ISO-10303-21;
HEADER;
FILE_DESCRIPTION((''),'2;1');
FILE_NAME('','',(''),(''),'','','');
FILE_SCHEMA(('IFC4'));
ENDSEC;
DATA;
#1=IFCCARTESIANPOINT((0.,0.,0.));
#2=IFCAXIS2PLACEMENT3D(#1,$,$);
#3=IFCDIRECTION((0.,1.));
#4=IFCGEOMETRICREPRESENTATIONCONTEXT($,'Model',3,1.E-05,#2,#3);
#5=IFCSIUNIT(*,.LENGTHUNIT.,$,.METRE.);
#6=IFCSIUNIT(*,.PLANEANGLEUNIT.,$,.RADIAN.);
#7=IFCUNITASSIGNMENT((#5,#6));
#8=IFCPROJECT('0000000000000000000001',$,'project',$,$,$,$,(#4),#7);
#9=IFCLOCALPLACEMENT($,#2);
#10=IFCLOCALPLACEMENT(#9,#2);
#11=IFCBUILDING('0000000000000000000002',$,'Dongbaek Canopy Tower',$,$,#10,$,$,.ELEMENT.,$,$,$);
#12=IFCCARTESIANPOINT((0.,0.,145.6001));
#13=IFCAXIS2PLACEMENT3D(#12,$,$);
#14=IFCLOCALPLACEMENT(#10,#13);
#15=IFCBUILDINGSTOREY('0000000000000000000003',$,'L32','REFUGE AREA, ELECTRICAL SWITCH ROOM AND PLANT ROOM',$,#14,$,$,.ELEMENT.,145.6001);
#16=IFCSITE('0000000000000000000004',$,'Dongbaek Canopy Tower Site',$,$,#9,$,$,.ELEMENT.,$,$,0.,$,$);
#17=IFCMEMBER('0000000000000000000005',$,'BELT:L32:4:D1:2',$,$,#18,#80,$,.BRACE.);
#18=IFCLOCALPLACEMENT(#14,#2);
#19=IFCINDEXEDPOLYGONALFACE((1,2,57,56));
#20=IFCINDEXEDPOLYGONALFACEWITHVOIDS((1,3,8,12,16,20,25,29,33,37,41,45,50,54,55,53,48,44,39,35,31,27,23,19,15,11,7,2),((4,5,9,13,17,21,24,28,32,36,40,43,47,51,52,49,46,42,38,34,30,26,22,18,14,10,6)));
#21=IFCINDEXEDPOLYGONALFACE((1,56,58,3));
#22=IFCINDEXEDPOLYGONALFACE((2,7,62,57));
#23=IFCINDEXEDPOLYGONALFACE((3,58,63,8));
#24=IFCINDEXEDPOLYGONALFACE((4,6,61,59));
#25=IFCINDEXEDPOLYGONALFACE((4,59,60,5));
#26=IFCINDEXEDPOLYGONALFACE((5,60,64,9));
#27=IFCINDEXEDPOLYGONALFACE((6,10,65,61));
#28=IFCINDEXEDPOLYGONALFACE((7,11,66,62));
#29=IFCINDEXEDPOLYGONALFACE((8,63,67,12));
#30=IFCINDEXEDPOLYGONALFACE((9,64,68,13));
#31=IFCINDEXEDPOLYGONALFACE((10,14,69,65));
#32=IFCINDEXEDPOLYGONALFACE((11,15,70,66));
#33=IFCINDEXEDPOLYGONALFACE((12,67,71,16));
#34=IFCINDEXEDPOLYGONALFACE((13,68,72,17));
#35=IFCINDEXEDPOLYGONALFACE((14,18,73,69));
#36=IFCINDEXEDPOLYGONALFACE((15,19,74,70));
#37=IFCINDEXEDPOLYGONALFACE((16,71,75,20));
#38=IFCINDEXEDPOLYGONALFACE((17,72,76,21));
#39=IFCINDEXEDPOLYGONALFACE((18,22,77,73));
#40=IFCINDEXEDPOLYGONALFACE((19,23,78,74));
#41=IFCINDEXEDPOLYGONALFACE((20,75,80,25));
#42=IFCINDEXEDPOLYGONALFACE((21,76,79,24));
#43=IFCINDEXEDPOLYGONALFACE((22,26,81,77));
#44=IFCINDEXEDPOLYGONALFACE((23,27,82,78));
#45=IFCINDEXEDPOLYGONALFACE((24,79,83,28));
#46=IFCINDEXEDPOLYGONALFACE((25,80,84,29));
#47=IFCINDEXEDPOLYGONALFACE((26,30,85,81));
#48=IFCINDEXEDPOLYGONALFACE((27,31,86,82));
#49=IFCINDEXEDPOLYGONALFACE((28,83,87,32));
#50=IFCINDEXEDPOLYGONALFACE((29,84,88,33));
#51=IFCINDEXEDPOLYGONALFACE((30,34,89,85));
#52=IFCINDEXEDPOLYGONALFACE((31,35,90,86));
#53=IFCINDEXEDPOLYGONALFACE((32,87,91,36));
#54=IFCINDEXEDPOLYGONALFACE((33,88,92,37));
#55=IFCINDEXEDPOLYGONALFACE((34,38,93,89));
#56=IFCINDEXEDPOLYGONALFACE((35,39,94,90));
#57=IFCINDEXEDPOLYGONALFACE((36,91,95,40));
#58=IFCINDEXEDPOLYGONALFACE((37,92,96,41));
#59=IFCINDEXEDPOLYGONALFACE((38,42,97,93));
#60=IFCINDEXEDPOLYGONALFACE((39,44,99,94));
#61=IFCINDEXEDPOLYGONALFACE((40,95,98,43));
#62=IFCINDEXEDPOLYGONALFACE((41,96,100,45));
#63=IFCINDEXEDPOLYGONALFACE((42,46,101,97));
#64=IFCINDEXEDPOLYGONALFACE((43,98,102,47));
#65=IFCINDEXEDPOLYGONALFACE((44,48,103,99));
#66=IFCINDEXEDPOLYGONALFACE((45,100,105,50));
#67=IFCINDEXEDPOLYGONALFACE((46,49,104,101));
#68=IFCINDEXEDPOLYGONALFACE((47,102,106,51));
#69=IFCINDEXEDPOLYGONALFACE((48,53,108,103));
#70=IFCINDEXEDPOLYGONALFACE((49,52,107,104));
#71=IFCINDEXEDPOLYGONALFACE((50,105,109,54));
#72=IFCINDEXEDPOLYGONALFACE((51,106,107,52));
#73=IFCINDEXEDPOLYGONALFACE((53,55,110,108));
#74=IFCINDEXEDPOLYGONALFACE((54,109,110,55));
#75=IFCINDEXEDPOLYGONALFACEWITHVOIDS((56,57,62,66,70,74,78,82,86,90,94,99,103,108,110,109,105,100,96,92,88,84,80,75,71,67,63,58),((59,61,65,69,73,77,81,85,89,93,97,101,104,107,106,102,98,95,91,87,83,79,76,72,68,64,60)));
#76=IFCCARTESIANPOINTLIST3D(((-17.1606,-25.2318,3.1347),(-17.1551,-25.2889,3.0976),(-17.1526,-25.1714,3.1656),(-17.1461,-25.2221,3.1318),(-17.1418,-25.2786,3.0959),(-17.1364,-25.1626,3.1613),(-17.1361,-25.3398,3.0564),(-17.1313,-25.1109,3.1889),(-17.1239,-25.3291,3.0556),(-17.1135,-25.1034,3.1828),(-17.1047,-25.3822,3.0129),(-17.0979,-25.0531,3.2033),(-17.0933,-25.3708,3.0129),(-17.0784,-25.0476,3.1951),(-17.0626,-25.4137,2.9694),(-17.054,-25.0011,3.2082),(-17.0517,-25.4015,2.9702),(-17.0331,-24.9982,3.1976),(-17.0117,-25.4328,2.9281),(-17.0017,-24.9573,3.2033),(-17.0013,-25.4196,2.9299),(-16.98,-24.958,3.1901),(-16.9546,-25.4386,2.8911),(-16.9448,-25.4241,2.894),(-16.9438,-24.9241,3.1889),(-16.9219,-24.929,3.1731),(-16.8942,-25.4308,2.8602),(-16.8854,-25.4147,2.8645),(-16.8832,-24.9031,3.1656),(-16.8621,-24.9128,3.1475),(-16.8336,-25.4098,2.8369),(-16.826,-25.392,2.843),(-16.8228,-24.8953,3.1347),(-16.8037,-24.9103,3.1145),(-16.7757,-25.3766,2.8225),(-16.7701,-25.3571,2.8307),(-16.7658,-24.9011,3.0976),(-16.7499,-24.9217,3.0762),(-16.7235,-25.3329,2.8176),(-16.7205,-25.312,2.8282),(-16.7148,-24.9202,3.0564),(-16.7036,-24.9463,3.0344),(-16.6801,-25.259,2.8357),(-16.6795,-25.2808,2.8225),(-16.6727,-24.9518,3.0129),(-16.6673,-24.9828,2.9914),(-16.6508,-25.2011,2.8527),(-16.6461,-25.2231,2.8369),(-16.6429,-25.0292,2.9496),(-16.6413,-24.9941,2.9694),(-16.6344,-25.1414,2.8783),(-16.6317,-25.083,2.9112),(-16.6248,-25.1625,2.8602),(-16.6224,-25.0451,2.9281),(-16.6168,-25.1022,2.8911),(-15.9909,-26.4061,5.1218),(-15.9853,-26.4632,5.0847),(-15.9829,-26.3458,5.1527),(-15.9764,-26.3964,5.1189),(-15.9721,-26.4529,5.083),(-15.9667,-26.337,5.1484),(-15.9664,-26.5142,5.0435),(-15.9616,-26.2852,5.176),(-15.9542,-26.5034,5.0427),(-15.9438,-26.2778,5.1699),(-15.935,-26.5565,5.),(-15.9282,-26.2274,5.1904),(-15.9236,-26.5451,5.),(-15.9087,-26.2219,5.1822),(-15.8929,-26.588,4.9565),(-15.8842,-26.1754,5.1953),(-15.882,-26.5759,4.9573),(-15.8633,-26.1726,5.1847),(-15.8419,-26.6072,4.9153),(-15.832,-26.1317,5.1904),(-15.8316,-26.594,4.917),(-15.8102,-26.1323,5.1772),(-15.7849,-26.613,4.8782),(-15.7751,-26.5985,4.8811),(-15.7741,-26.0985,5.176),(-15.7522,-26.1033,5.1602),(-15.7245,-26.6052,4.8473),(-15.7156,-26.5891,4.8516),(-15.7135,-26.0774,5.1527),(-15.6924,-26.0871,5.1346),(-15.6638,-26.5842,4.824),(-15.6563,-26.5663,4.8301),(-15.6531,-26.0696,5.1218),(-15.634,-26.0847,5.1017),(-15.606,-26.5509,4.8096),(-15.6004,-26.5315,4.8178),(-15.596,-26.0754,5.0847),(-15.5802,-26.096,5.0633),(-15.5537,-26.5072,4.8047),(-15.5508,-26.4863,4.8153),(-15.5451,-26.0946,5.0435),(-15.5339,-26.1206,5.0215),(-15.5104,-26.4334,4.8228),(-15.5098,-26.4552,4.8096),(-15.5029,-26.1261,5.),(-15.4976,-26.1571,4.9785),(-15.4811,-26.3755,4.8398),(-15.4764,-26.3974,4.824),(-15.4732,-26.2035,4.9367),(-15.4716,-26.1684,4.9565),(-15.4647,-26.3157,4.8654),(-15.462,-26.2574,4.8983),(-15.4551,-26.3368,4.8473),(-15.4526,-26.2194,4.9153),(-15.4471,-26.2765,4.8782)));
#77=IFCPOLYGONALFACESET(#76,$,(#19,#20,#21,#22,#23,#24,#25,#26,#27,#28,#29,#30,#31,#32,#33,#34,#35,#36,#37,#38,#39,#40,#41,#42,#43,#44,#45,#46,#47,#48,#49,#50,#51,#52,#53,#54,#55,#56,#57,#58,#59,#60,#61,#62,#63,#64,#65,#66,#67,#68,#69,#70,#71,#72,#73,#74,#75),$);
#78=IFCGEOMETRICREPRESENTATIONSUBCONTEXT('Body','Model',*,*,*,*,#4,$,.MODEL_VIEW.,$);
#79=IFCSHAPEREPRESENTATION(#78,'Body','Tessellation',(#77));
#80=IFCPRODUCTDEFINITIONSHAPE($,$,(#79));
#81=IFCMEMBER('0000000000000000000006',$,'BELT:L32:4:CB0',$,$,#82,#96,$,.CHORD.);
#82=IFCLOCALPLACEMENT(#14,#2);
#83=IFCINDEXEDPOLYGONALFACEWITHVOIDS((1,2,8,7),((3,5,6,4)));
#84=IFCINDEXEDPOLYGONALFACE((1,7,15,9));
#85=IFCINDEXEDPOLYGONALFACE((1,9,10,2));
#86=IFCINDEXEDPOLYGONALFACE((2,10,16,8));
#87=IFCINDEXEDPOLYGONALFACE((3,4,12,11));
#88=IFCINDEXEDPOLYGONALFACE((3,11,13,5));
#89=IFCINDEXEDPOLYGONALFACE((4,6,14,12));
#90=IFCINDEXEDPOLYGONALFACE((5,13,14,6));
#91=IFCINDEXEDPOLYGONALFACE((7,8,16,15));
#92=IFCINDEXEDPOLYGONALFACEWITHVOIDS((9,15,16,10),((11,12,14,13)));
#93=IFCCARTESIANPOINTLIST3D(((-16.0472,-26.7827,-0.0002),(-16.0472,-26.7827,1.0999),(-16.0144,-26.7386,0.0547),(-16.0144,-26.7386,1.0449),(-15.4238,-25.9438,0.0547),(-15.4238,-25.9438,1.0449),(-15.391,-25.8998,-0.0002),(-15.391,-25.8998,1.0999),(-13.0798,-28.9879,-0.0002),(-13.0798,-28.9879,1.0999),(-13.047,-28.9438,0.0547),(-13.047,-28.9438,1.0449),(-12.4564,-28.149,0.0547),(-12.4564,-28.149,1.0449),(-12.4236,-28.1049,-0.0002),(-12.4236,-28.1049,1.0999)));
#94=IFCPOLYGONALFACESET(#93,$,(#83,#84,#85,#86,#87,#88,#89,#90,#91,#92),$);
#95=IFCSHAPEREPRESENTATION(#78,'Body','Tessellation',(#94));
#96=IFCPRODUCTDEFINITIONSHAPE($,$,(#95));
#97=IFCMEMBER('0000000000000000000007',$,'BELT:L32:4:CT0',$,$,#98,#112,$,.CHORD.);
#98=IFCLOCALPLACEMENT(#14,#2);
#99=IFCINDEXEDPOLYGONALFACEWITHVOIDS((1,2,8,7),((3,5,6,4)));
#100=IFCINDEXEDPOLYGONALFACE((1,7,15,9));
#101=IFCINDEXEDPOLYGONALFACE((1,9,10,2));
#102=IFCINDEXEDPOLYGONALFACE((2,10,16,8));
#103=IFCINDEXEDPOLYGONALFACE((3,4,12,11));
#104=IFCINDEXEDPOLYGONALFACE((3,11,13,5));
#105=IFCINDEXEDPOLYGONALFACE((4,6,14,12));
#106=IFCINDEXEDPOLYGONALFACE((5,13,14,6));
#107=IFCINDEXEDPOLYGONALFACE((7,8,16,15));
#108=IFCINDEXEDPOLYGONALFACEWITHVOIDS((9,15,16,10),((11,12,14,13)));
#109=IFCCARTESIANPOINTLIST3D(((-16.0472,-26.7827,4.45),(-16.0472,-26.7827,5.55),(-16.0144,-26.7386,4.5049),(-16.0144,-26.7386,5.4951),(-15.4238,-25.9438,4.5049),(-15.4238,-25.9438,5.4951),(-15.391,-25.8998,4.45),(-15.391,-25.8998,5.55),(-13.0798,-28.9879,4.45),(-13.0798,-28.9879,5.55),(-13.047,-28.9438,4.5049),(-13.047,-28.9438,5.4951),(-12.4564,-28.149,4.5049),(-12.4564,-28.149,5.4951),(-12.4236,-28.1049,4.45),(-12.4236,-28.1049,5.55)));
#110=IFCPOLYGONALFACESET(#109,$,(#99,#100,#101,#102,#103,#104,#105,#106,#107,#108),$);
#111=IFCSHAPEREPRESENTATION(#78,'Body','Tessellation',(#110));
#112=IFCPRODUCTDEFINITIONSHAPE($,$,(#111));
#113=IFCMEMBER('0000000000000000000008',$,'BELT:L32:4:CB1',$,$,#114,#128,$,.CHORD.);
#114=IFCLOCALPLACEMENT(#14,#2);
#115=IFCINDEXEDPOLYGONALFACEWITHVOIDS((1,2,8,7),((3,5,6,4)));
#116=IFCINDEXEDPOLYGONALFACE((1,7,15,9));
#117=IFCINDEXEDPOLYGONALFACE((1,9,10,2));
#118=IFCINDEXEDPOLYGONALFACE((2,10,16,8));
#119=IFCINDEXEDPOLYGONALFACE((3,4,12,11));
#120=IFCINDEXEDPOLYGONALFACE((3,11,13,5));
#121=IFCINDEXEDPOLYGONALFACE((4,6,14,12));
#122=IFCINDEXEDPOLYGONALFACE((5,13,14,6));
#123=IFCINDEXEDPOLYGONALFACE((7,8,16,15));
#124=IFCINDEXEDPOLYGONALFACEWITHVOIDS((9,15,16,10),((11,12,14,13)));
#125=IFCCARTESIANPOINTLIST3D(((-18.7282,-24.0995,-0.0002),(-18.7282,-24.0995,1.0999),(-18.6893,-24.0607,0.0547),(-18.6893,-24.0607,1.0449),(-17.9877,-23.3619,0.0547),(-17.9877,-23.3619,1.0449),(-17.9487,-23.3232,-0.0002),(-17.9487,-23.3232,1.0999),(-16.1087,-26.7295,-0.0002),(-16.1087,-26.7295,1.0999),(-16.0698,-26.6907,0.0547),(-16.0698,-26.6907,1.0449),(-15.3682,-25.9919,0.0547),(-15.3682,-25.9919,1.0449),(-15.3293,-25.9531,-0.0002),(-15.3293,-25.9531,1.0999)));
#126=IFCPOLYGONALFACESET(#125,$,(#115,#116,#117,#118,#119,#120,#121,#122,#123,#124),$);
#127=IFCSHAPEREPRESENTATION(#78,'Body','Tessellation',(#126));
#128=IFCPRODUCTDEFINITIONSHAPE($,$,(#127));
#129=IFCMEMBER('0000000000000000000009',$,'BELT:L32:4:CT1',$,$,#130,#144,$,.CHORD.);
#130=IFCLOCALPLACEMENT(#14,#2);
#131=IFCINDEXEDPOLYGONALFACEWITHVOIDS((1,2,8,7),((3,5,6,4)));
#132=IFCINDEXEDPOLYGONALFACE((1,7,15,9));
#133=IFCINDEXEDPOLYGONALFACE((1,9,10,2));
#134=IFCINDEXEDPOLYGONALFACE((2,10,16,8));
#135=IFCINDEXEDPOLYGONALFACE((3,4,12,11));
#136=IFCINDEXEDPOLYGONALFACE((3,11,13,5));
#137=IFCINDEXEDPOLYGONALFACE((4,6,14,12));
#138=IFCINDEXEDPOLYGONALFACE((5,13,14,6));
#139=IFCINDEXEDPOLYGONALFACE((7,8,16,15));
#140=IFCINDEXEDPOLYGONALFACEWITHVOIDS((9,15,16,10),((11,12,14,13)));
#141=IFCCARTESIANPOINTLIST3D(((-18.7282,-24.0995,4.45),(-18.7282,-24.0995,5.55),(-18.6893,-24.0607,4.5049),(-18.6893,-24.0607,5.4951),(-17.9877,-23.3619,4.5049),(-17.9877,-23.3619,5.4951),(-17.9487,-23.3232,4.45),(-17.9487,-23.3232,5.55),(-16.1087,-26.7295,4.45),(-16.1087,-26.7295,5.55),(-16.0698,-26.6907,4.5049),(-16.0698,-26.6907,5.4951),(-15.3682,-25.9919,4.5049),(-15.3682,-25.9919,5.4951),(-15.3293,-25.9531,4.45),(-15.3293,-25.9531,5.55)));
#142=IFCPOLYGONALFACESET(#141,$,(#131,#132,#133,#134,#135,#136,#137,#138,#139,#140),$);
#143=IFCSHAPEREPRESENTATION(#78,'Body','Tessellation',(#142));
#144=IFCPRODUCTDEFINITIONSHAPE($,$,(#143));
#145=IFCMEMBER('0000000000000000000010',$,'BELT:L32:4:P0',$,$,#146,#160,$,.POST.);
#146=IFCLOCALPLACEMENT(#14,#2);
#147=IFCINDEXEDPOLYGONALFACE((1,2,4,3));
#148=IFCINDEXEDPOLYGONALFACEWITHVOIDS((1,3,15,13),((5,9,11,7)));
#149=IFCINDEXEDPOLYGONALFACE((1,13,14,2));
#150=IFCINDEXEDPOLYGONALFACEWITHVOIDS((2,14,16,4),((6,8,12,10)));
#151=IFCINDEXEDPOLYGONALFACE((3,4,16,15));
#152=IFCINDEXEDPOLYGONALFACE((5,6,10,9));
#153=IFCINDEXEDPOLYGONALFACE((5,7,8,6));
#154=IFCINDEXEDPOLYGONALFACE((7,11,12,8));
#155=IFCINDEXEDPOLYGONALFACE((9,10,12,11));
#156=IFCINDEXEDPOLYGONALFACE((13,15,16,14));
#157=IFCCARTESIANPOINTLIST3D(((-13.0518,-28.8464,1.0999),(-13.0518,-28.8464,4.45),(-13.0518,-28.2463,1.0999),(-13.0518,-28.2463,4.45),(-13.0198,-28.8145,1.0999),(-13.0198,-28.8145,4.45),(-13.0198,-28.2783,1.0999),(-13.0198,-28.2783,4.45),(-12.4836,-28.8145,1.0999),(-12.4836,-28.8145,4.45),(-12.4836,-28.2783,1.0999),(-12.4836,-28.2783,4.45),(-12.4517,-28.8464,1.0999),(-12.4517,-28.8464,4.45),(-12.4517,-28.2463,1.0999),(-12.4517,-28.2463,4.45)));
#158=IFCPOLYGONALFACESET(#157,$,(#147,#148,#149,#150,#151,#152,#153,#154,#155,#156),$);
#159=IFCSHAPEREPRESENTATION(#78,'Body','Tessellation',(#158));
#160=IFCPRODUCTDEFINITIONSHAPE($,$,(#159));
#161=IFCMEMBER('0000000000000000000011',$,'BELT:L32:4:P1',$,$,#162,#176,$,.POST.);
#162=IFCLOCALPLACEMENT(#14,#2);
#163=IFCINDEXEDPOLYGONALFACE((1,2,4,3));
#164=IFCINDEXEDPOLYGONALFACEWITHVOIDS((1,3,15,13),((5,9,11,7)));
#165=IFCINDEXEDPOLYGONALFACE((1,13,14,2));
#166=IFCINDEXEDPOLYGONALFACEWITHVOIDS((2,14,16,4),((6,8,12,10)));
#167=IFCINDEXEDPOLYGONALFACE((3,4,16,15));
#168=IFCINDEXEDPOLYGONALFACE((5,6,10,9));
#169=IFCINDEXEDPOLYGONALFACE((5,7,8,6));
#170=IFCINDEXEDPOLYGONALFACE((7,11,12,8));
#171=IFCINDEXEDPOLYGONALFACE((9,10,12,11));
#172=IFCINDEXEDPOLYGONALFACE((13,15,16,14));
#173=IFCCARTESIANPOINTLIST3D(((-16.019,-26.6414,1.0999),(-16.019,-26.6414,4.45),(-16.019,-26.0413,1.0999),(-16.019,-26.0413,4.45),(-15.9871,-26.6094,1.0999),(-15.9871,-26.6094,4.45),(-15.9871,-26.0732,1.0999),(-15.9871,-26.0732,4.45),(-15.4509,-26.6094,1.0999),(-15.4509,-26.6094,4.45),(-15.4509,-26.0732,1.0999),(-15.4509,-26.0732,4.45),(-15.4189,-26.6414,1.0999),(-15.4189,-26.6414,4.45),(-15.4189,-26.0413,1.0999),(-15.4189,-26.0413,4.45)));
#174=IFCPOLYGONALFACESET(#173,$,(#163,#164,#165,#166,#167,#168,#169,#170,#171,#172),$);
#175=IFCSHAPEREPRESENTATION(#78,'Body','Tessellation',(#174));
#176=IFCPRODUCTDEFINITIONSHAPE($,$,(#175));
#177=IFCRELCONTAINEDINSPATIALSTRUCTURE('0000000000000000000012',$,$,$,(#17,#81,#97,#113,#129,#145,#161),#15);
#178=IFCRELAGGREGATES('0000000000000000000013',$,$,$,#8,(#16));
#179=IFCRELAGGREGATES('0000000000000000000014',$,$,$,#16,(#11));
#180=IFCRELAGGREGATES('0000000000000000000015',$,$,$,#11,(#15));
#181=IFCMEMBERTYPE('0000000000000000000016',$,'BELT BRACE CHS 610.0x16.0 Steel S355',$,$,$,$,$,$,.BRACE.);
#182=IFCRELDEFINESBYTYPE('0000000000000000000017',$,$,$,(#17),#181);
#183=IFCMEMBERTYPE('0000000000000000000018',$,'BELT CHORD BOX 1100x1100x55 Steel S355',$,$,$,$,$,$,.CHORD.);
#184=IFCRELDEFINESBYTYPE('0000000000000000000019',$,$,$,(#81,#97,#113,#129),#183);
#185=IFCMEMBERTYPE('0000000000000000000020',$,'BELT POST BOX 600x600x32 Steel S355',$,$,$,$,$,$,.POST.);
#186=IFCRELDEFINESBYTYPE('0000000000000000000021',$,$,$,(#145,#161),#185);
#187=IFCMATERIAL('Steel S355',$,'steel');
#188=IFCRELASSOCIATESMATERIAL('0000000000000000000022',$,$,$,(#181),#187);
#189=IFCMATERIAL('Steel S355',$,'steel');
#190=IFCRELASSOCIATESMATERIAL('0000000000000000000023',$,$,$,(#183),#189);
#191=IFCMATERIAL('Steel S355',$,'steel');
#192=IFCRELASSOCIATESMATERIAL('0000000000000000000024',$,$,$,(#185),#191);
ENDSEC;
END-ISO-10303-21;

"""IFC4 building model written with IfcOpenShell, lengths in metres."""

from ifc_helpers import new_model, si_unit, direction, frame, origin, origin_2d, place, context, subcontext, project, spatial, hollow_rectangle, hollow_circle, extrude, material, material_profile, profile_set, type_object, element, save


model = new_model("IFC4")

# Units and contexts
model_context = context("Model", 3, precision=1e-05, world=origin(), true_north=direction((0.0, 1.0)))
body_context = subcontext(model_context, "Body", "Model", "MODEL_VIEW")
ifc_project = project(units=[si_unit("LENGTHUNIT", "METRE"), si_unit("PLANEANGLEUNIT", "RADIAN")], contexts=[model_context])

# Site, building, storey
site_placement = place(None, origin())
site = spatial("IfcSite", under=ifc_project, at=site_placement, Name="Dongbaek Canopy Tower Site", CompositionType="ELEMENT", RefElevation=0.0)
building_placement = place(site_placement, origin())
building = spatial("IfcBuilding", under=site, at=building_placement, Name="Dongbaek Canopy Tower", CompositionType="ELEMENT")
storey_placement = place(building_placement, frame((0.0, 0.0, 145.6001)))
storey = spatial("IfcBuildingStorey", under=building, at=storey_placement, Name="L32", Description="REFUGE AREA, ELECTRICAL SWITCH ROOM AND PLANT ROOM", CompositionType="ELEMENT", Elevation=145.6001)

# Members
ifc_material_1 = material(Name="Steel S355", Category="steel")
ifc_material_profile_1 = material_profile(ifc_material_1, hollow_circle(Radius=0.3049, WallThickness=0.0161, at=origin_2d()), Name="BELT BRACE CHS 610.0x16.0 Steel S355")
ifc_profile_set_1 = profile_set([ifc_material_profile_1], Name="Steel S355")
member_type_1 = type_object("IfcMemberType", Name="BELT BRACE CHS 610.0x16.0 Steel S355", PredefinedType="BRACE", material=ifc_profile_set_1)
member_1_placement = place(storey_placement, frame((-15.719, -26.3413, 5.0), z_axis=(-0.452035, 0.453828, -0.767922), x_axis=(-0.708505, -0.705706, 0.0)))
element("IfcMember", 1, at=member_1_placement, inside=storey, type_object=member_type_1, Name="BELT:L32:4:D1:2", PredefinedType="BRACE", context=body_context, shape_type="SweptSolid", body=[
    extrude(hollow_circle(Radius=0.3049, WallThickness=0.0161, at=origin_2d()), origin(), (0.0, 0.0, 1.0), 2.5876),
])
ifc_material_2 = material(Name="Steel S355", Category="steel")
ifc_material_profile_2 = material_profile(ifc_material_2, hollow_rectangle(XDim=1.1001, YDim=1.1001, WallThickness=0.0549, at=origin_2d()), Name="BELT CHORD BOX 1100x1100x55 Steel S355")
ifc_profile_set_2 = profile_set([ifc_material_profile_2], Name="Steel S355")
member_type_2 = type_object("IfcMemberType", Name="BELT CHORD BOX 1100x1100x55 Steel S355", PredefinedType="CHORD", material=ifc_profile_set_2)
for number, where, z_axis, x_axis, name in (
    (2, (-12.7517, -28.5464, 0.5498), (-0.802639, 0.596465, 0.0), (-0.596465, -0.802639, 0.0), "BELT:L32:4:CB0"),
    (3, (-12.7517, -28.5464, 5.0), (-0.802639, 0.596465, 0.0), (-0.596465, -0.802639, 0.0), "BELT:L32:4:CT0"),
):
    element("IfcMember", number, at=place(storey_placement, frame(where, z_axis=z_axis, x_axis=x_axis)), inside=storey, type_object=member_type_2, Name=name, PredefinedType="CHORD", context=body_context, shape_type="SweptSolid", body=[
        extrude(hollow_rectangle(XDim=1.1001, YDim=1.1001, WallThickness=0.0549, at=origin_2d()), origin(), (0.0, 0.0, 1.0), 3.697),
    ])
for number, where, z_axis, x_axis, name in (
    (4, (-15.719, -26.3413, 0.5498), (-0.705691, 0.70852, 0.0), (-0.70852, -0.705691, 0.0), "BELT:L32:4:CB1"),
    (5, (-15.719, -26.3413, 5.0), (-0.705691, 0.70852, 0.0), (-0.70852, -0.705691, 0.0), "BELT:L32:4:CT1"),
):
    element("IfcMember", number, at=place(storey_placement, frame(where, z_axis=z_axis, x_axis=x_axis)), inside=storey, type_object=member_type_2, Name=name, PredefinedType="CHORD", context=body_context, shape_type="SweptSolid", body=[
        extrude(hollow_rectangle(XDim=1.1001, YDim=1.1001, WallThickness=0.0549, at=origin_2d()), origin(), (0.0, 0.0, 1.0), 3.7119),
    ])
ifc_material_3 = material(Name="Steel S355", Category="steel")
ifc_material_profile_3 = material_profile(ifc_material_3, hollow_rectangle(XDim=0.6001, YDim=0.6001, WallThickness=0.032, at=origin_2d()), Name="BELT POST BOX 600x600x32 Steel S355")
ifc_profile_set_3 = profile_set([ifc_material_profile_3], Name="Steel S355")
member_type_3 = type_object("IfcMemberType", Name="BELT POST BOX 600x600x32 Steel S355", PredefinedType="POST", material=ifc_profile_set_3)
for number, where, z_axis, x_axis, name in (
    (6, (-12.7517, -28.5464, 1.0999), (0.0, 0.0, 1.0), (1.0, 0.0, 0.0), "BELT:L32:4:P0"),
    (7, (-15.719, -26.3413, 1.0999), (0.0, 0.0, 1.0), (1.0, 0.0, 0.0), "BELT:L32:4:P1"),
):
    element("IfcMember", number, at=place(storey_placement, frame(where, z_axis=z_axis, x_axis=x_axis)), inside=storey, type_object=member_type_3, Name=name, PredefinedType="POST", context=body_context, shape_type="SweptSolid", body=[
        extrude(hollow_rectangle(XDim=0.6001, YDim=0.6001, WallThickness=0.032, at=origin_2d()), origin(), (0.0, 0.0, 1.0), 3.3501),
    ])

save(model, "model.ifc")
